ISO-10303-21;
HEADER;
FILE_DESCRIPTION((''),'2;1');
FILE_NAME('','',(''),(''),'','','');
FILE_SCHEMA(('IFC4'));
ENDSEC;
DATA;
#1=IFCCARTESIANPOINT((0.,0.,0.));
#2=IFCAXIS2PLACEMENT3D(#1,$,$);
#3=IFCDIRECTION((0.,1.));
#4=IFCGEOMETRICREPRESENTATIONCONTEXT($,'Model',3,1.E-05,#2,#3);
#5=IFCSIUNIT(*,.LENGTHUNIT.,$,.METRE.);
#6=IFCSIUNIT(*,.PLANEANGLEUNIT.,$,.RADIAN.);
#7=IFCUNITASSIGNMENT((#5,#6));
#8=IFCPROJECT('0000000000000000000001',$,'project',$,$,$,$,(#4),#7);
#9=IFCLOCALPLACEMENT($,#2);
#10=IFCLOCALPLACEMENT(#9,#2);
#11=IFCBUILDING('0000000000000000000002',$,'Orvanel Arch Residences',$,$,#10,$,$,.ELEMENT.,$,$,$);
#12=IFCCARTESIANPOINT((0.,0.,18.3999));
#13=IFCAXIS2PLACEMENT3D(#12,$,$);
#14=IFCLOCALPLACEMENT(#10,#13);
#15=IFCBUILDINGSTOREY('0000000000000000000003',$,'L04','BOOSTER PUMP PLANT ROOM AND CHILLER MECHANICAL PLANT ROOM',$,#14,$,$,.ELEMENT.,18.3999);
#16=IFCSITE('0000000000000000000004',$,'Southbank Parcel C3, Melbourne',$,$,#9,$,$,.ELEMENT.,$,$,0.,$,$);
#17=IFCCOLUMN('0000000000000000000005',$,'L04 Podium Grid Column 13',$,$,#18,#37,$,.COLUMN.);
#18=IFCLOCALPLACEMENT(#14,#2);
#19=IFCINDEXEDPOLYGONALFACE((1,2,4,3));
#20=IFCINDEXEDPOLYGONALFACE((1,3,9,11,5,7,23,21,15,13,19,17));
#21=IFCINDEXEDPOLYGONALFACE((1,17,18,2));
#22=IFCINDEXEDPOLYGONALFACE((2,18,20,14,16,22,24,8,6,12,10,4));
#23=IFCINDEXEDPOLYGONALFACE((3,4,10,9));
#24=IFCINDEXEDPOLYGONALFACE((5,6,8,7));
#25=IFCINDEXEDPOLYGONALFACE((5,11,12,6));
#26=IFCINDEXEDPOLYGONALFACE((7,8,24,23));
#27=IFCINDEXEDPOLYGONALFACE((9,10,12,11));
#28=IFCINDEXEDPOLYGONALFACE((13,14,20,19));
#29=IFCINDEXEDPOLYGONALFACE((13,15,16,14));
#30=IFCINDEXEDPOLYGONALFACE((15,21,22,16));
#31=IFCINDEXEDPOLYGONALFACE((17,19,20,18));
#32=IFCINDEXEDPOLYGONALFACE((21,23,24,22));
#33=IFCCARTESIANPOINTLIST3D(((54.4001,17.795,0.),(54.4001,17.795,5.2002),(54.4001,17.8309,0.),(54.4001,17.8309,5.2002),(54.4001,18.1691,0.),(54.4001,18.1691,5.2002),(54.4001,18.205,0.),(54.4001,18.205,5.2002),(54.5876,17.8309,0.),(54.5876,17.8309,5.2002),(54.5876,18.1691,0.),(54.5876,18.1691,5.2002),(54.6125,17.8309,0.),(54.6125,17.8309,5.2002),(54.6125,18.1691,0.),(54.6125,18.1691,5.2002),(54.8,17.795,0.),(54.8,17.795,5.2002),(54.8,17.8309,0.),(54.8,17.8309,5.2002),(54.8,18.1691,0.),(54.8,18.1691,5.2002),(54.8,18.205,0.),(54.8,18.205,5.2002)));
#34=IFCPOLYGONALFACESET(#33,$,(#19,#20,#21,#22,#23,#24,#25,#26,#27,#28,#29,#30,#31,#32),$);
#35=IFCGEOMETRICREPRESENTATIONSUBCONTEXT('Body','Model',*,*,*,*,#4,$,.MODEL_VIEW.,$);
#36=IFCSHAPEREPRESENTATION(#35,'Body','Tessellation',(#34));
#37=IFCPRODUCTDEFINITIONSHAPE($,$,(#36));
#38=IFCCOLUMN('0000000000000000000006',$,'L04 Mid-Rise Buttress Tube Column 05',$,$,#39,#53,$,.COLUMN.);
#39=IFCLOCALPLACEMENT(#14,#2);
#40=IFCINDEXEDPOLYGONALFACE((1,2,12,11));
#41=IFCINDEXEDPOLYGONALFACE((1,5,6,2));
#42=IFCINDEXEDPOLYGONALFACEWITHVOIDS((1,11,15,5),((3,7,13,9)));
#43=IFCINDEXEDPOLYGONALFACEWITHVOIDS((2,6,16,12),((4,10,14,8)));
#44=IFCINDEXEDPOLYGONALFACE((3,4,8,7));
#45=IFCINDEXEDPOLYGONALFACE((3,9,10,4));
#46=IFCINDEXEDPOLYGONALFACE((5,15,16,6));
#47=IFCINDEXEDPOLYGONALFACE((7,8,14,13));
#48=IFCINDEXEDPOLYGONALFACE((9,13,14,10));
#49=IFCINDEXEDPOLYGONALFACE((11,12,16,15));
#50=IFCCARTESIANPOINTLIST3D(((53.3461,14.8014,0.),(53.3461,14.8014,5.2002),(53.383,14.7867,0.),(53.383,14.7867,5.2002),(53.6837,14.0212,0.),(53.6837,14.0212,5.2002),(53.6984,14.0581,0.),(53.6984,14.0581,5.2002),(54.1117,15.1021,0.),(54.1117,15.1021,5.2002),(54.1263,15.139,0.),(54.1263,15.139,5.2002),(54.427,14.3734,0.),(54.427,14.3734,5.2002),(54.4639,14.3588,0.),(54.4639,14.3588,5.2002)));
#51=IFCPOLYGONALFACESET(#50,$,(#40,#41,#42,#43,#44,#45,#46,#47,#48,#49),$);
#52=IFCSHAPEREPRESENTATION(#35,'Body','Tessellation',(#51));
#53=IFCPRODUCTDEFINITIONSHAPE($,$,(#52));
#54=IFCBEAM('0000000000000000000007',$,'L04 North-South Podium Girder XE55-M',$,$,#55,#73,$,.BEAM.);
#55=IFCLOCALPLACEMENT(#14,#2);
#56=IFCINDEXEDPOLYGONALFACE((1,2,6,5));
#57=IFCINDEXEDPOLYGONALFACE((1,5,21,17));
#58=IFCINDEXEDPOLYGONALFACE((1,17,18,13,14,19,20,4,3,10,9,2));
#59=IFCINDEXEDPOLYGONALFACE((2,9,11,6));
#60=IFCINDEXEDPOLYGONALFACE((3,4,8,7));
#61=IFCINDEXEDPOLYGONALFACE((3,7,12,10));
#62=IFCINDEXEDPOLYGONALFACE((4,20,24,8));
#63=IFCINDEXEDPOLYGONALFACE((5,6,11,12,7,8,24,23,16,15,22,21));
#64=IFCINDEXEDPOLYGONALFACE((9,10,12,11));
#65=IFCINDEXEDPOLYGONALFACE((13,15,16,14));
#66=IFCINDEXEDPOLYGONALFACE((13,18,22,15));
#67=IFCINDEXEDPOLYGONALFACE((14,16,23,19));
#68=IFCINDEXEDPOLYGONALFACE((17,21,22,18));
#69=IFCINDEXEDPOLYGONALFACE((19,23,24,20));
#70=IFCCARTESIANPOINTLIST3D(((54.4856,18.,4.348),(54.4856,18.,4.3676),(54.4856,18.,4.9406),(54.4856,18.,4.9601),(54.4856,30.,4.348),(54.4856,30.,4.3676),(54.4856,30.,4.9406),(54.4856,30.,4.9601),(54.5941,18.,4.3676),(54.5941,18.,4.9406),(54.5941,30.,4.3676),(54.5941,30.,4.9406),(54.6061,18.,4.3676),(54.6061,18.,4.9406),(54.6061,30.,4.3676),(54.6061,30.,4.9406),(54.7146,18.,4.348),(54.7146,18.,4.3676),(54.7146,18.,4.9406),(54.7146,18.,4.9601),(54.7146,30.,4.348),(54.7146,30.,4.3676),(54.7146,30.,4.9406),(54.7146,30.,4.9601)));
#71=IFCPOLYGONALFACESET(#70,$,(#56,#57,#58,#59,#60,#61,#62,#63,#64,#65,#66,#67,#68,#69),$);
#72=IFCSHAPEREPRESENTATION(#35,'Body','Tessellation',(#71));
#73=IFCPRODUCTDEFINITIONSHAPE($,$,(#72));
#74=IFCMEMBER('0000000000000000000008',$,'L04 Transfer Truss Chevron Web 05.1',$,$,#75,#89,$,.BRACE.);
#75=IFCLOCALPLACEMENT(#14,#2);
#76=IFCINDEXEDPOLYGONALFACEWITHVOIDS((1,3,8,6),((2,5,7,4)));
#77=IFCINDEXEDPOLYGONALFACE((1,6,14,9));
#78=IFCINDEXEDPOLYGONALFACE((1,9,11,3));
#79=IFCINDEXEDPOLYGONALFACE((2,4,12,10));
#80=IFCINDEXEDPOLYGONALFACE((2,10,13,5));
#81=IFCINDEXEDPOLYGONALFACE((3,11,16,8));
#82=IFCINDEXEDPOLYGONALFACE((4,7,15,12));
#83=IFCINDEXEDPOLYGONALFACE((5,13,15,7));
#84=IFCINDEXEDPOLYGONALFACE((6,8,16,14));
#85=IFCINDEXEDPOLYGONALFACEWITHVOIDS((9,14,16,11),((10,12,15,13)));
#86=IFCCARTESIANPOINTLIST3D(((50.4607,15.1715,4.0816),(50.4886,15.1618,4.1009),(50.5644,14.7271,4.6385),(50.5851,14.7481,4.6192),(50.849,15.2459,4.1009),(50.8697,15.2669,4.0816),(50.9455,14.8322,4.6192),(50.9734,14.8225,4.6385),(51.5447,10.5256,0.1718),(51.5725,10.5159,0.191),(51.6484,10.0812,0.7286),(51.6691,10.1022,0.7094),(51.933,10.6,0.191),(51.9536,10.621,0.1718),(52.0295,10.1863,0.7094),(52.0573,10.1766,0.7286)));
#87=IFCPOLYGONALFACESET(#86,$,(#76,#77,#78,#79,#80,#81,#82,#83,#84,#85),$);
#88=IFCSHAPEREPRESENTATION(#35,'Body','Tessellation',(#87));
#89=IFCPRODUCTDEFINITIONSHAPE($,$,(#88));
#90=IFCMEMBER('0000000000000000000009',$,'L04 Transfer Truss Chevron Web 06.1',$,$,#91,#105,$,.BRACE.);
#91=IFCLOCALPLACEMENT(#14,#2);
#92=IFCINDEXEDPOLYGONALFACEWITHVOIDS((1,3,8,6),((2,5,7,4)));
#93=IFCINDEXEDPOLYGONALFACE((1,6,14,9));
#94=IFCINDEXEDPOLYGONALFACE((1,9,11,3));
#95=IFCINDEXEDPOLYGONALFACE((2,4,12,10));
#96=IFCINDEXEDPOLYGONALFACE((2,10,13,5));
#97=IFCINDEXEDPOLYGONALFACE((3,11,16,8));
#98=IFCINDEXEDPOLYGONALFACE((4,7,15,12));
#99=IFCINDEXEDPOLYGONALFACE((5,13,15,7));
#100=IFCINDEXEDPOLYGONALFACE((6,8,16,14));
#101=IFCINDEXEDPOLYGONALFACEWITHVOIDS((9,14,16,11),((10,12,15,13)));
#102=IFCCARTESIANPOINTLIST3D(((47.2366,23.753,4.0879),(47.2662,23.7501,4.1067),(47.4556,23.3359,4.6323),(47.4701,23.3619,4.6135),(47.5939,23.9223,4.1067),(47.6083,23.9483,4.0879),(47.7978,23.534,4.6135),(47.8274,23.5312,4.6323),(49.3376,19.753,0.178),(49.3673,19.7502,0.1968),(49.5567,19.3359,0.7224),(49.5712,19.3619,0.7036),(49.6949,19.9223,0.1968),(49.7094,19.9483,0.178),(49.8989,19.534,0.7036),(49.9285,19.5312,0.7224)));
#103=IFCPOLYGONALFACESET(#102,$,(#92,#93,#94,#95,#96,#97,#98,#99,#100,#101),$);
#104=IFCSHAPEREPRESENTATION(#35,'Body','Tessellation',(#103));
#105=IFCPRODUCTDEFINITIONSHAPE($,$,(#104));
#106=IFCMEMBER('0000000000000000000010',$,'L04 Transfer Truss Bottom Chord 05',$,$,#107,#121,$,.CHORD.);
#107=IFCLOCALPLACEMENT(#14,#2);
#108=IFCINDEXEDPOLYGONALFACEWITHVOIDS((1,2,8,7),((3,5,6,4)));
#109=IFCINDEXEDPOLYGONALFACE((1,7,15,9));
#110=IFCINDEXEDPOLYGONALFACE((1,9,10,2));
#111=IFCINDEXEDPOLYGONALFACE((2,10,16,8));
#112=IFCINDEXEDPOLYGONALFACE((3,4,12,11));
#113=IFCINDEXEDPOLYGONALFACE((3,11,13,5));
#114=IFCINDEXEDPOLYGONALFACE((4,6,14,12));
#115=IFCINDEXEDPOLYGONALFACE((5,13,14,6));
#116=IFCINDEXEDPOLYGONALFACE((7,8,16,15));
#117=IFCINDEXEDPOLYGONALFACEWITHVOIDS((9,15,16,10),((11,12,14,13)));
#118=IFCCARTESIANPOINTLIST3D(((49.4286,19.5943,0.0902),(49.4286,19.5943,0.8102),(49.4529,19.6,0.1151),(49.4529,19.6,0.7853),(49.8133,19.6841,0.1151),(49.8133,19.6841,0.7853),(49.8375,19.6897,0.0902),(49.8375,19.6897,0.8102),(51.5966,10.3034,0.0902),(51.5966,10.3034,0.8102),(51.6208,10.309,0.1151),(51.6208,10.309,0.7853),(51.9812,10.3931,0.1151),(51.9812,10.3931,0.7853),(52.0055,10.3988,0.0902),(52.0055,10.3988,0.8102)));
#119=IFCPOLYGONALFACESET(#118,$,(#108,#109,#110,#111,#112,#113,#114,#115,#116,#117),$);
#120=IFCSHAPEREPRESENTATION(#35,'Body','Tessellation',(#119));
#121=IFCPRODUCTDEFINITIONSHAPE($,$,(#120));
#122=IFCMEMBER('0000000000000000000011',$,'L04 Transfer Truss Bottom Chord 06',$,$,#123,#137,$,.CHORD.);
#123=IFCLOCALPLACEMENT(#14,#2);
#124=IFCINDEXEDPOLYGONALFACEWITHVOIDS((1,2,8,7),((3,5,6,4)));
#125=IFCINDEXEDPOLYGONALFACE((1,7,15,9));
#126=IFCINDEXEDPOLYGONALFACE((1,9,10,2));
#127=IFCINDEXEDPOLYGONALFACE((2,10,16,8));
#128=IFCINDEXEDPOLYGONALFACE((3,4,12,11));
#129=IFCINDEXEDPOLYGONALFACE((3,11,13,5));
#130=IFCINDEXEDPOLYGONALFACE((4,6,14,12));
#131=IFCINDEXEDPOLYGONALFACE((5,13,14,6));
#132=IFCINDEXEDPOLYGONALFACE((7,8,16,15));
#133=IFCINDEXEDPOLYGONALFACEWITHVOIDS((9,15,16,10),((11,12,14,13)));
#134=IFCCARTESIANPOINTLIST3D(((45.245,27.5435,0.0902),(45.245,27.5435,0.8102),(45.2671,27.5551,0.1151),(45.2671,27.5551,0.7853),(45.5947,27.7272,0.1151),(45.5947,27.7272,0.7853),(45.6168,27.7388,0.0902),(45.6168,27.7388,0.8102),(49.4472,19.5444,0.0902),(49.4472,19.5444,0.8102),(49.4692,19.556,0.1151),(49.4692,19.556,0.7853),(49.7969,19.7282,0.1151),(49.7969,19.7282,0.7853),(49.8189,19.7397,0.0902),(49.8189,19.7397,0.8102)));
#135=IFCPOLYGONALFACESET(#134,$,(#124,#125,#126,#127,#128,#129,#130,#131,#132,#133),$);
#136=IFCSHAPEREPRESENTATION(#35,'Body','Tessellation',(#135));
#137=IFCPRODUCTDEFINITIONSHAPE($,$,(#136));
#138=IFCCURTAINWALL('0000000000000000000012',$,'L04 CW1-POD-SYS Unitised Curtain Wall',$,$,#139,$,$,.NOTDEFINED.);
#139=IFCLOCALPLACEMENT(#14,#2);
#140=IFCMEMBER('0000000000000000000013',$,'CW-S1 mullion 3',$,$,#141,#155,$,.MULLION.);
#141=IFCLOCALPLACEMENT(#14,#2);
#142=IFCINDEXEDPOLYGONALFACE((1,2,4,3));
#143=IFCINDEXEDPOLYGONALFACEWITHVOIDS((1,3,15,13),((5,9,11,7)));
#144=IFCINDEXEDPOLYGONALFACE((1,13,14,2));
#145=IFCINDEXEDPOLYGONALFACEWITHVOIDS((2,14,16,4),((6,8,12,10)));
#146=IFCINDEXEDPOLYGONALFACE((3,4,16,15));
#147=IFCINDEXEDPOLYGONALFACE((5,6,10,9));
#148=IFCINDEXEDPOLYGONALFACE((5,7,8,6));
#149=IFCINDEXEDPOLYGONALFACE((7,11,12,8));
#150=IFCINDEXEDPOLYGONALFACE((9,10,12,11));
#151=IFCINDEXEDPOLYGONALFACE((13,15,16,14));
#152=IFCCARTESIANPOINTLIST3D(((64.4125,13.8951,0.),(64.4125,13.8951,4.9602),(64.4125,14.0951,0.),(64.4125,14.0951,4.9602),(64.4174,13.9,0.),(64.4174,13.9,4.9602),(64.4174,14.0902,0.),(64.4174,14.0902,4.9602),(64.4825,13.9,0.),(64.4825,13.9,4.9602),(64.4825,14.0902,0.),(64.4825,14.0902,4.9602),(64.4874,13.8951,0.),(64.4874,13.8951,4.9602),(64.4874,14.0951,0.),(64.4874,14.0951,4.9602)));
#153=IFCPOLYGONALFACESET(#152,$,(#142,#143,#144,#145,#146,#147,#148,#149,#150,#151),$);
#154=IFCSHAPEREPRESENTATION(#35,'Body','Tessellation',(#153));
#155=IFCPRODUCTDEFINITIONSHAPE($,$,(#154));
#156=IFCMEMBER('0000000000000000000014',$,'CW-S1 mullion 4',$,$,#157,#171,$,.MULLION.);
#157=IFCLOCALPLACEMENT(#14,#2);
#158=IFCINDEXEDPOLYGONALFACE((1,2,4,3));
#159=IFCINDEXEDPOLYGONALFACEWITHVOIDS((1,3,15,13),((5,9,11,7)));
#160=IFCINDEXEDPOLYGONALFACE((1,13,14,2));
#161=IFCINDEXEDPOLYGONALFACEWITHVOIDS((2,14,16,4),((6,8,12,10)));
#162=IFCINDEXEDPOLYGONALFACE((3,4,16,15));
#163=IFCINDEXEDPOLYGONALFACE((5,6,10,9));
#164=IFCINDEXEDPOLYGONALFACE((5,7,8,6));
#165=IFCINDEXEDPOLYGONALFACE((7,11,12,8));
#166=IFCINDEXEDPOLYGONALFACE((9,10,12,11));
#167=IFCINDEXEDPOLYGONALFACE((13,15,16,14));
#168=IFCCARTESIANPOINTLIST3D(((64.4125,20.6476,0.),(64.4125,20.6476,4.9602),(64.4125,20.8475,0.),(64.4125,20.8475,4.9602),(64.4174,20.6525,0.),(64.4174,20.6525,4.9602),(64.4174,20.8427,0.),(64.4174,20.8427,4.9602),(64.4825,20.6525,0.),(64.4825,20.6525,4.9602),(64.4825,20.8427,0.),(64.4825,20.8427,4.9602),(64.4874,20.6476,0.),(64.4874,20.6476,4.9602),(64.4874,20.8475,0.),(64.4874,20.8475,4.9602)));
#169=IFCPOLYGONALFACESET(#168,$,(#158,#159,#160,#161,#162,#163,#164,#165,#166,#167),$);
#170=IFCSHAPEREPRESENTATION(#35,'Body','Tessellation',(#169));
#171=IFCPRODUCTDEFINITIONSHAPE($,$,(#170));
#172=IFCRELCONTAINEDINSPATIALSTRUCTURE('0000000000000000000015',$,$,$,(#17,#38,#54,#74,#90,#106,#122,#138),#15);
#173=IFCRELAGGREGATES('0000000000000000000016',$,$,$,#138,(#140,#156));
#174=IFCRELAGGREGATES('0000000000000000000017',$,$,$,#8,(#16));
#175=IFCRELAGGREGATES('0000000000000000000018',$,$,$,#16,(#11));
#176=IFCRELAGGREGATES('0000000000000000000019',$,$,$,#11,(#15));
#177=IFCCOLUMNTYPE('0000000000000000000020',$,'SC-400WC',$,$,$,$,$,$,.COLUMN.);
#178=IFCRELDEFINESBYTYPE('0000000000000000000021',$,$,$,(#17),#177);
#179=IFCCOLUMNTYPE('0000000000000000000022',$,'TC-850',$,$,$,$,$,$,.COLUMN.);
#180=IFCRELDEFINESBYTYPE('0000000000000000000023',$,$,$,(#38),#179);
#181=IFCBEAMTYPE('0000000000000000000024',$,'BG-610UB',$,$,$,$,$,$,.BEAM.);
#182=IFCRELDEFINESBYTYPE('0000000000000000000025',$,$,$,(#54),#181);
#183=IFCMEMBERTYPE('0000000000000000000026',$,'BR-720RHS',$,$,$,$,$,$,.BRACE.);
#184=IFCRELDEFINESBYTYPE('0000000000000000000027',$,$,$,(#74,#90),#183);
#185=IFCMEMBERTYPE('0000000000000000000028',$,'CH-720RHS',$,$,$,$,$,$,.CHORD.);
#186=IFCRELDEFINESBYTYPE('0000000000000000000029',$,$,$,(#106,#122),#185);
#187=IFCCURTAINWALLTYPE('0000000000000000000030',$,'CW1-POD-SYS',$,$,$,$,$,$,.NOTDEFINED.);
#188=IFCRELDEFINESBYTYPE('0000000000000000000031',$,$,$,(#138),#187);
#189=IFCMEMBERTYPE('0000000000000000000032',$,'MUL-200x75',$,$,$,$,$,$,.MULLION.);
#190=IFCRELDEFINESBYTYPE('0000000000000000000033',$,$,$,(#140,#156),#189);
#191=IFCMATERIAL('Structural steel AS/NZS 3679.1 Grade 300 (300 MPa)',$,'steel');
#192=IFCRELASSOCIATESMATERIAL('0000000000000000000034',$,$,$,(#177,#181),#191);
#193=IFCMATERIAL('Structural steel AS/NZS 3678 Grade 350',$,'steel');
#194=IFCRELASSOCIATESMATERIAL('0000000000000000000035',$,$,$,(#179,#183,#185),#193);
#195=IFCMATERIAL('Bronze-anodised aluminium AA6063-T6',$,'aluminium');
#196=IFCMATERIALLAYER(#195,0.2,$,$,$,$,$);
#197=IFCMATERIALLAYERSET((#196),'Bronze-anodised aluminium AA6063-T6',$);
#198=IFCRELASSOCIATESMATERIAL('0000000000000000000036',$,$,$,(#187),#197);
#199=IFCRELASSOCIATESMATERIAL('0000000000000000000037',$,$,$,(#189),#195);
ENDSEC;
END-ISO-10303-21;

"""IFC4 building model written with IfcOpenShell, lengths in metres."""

from ifc_helpers import new_model, si_unit, direction, frame, origin, origin_2d, place, context, subcontext, project, spatial, hollow_rectangle, i_section, extrude, material, layer, layer_set, material_profile, profile_set, type_object, element, aggregate, save


model = new_model("IFC4")

# Units and contexts
model_context = context("Model", 3, precision=1e-05, world=origin(), true_north=direction((0.0, 1.0)))
body_context = subcontext(model_context, "Body", "Model", "MODEL_VIEW")
ifc_project = project(units=[si_unit("LENGTHUNIT", "METRE"), si_unit("PLANEANGLEUNIT", "RADIAN")], contexts=[model_context])

# Site, building, storey
site_placement = place(None, origin())
site = spatial("IfcSite", under=ifc_project, at=site_placement, Name="Southbank Parcel C3, Melbourne", CompositionType="ELEMENT", RefElevation=0.0)
building_placement = place(site_placement, origin())
building = spatial("IfcBuilding", under=site, at=building_placement, Name="Orvanel Arch Residences", CompositionType="ELEMENT")
storey_placement = place(building_placement, frame((0.0, 0.0, 18.3999)))
storey = spatial("IfcBuildingStorey", under=building, at=storey_placement, Name="L04", Description="BOOSTER PUMP PLANT ROOM AND CHILLER MECHANICAL PLANT ROOM", CompositionType="ELEMENT", Elevation=18.3999)

# Columns
ifc_material_1 = material(Name="Structural steel AS/NZS 3679.1 Grade 300 (300 MPa)", Category="steel")
ifc_material_profile_1 = material_profile(ifc_material_1, i_section(OverallWidth=0.3999, OverallDepth=0.4099, WebThickness=0.0249, FlangeThickness=0.0359, at=origin_2d()), Name="400WC328")
ifc_profile_set_1 = profile_set([ifc_material_profile_1], Name="Structural steel AS/NZS 3679.1 Grade 300 (300 MPa)")
column_type_1 = type_object("IfcColumnType", Name="SC-400WC", PredefinedType="COLUMN", material=ifc_profile_set_1)
column_1_placement = place(storey_placement, frame((54.6001, 18.0, 0.0), z_axis=(0.0, 0.0, 1.0), x_axis=(1.0, 0.0, 0.0)))
element("IfcColumn", 1, at=column_1_placement, inside=storey, type_object=column_type_1, Name="L04 Podium Grid Column 13", PredefinedType="COLUMN", context=body_context, shape_type="SweptSolid", body=[
    extrude(i_section(OverallWidth=0.3999, OverallDepth=0.4099, WebThickness=0.0249, FlangeThickness=0.0359, at=origin_2d()), origin(), (0.0, 0.0, 1.0), 5.2002),
])
ifc_material_2 = material(Name="Structural steel AS/NZS 3678 Grade 350", Category="steel")
ifc_material_profile_2 = material_profile(ifc_material_2, hollow_rectangle(XDim=0.8501, YDim=0.8501, WallThickness=0.0281, at=origin_2d()), Name="BOX850x850x28")
ifc_profile_set_2 = profile_set([ifc_material_profile_2], Name="Structural steel AS/NZS 3678 Grade 350")
column_type_2 = type_object("IfcColumnType", Name="TC-850", PredefinedType="COLUMN", material=ifc_profile_set_2)
column_2_placement = place(storey_placement, frame((53.905, 14.5801, 0.0), z_axis=(0.0, 0.0, 1.0), x_axis=(-0.397148, 0.917755, 0.0)))
element("IfcColumn", 2, at=column_2_placement, inside=storey, type_object=column_type_2, Name="L04 Mid-Rise Buttress Tube Column 05", PredefinedType="COLUMN", context=body_context, shape_type="SweptSolid", body=[
    extrude(hollow_rectangle(XDim=0.8501, YDim=0.8501, WallThickness=0.0281, at=origin_2d()), origin(), (0.0, 0.0, 1.0), 5.2002),
])

# Beam
ifc_material_profile_3 = material_profile(ifc_material_1, i_section(OverallWidth=0.229, OverallDepth=0.6121, WebThickness=0.012, FlangeThickness=0.0195, at=origin_2d()), Name="610UB125")
ifc_profile_set_3 = profile_set([ifc_material_profile_3], Name="Structural steel AS/NZS 3679.1 Grade 300 (300 MPa)")
beam_type_1 = type_object("IfcBeamType", Name="BG-610UB", PredefinedType="BEAM", material=ifc_profile_set_3)
beam_1_placement = place(storey_placement, frame((54.6001, 18.0, 4.6541), z_axis=(0.0, 1.0, 0.0), x_axis=(-1.0, 0.0, 0.0)))
element("IfcBeam", 3, at=beam_1_placement, inside=storey, type_object=beam_type_1, Name="L04 North-South Podium Girder XE55-M", PredefinedType="BEAM", context=body_context, shape_type="SweptSolid", body=[
    extrude(i_section(OverallWidth=0.229, OverallDepth=0.6121, WebThickness=0.012, FlangeThickness=0.0195, at=origin_2d()), origin(), (0.0, 0.0, 1.0), 12.0),
])

# Members
ifc_material_profile_4 = material_profile(ifc_material_2, hollow_rectangle(XDim=0.4199, YDim=0.72, WallThickness=0.0249, at=origin_2d()), Name="RHS720x420x25")
ifc_profile_set_4 = profile_set([ifc_material_profile_4], Name="Structural steel AS/NZS 3678 Grade 350")
member_type_1 = type_object("IfcMemberType", Name="BR-720RHS", PredefinedType="BRACE", material=ifc_profile_set_4)
member_1_placement = place(storey_placement, frame((51.801, 10.3511, 0.4502), z_axis=(-0.175735, 0.753207, 0.633874), x_axis=(-0.973845, -0.227213, 0.0)))
element("IfcMember", 4, at=member_1_placement, inside=storey, type_object=member_type_1, Name="L04 Transfer Truss Chevron Web 05.1", PredefinedType="BRACE", context=body_context, shape_type="SweptSolid", body=[
    extrude(hollow_rectangle(XDim=0.4199, YDim=0.72, WallThickness=0.0249, at=origin_2d()), origin(), (0.0, 0.0, 1.0), 6.1682),
])
member_2_placement = place(storey_placement, frame((49.6331, 19.6421, 0.4502), z_axis=(-0.351638, 0.669444, 0.654367), x_axis=(-0.8853, -0.46502, 0.0)))
element("IfcMember", 5, at=member_2_placement, inside=storey, type_object=member_type_1, Name="L04 Transfer Truss Chevron Web 06.1", PredefinedType="BRACE", context=body_context, shape_type="SweptSolid", body=[
    extrude(hollow_rectangle(XDim=0.4199, YDim=0.72, WallThickness=0.0249, at=origin_2d()), origin(), (0.0, 0.0, 1.0), 5.9751),
])
ifc_material_profile_5 = material_profile(ifc_material_2, hollow_rectangle(XDim=0.4199, YDim=0.72, WallThickness=0.0249, at=origin_2d()), Name="RHS720x420x25")
ifc_profile_set_5 = profile_set([ifc_material_profile_5], Name="Structural steel AS/NZS 3678 Grade 350")
member_type_2 = type_object("IfcMemberType", Name="CH-720RHS", PredefinedType="CHORD", material=ifc_profile_set_5)
member_3_placement = place(storey_placement, frame((51.801, 10.3511, 0.4502), z_axis=(-0.227236, 0.97384, 0.0), x_axis=(-0.97384, -0.227236, 0.0)))
element("IfcMember", 6, at=member_3_placement, inside=storey, type_object=member_type_2, Name="L04 Transfer Truss Bottom Chord 05", PredefinedType="CHORD", context=body_context, shape_type="SweptSolid", body=[
    extrude(hollow_rectangle(XDim=0.4199, YDim=0.72, WallThickness=0.0249, at=origin_2d()), origin(), (0.0, 0.0, 1.0), 9.5405),
])
member_4_placement = place(storey_placement, frame((49.6331, 19.6421, 0.4502), z_axis=(-0.465065, 0.885277, 0.0), x_axis=(-0.885277, -0.465065, 0.0)))
element("IfcMember", 7, at=member_4_placement, inside=storey, type_object=member_type_2, Name="L04 Transfer Truss Bottom Chord 06", PredefinedType="CHORD", context=body_context, shape_type="SweptSolid", body=[
    extrude(hollow_rectangle(XDim=0.4199, YDim=0.72, WallThickness=0.0249, at=origin_2d()), origin(), (0.0, 0.0, 1.0), 9.0356),
])

# Curtain wall, members
ifc_material_3 = material(Name="Bronze-anodised aluminium AA6063-T6", Category="aluminium")
ifc_layer_1 = layer(ifc_material_3, 0.2)
ifc_layer_set_1 = layer_set([ifc_layer_1], Name="Bronze-anodised aluminium AA6063-T6")
curtain_wall_type = type_object("IfcCurtainWallType", Name="CW1-POD-SYS", PredefinedType="NOTDEFINED", material=ifc_layer_set_1)
curtain_wall_placement = place(storey_placement, origin())
curtain_wall = element("IfcCurtainWall", 8, at=curtain_wall_placement, inside=storey, type_object=curtain_wall_type, Name="L04 CW1-POD-SYS Unitised Curtain Wall", PredefinedType="NOTDEFINED")
ifc_material_profile_6 = material_profile(ifc_material_3, hollow_rectangle(XDim=0.075, YDim=0.2, WallThickness=0.0049, at=origin_2d()), Name="ALU200x75x5")
ifc_profile_set_6 = profile_set([ifc_material_profile_6], Name="Bronze-anodised aluminium AA6063-T6")
member_type_3 = type_object("IfcMemberType", Name="MUL-200x75", PredefinedType="MULLION", material=ifc_profile_set_6)
member_5_placement = place(storey_placement, frame((64.45, 13.9951, 0.0), z_axis=(0.0, 0.0, 1.0), x_axis=(-1.0, 0.0, 0.0)))
member_5 = element("IfcMember", 9, at=member_5_placement, type_object=member_type_3, Name="CW-S1 mullion 3", PredefinedType="MULLION", context=body_context, shape_type="SweptSolid", body=[
    extrude(hollow_rectangle(XDim=0.075, YDim=0.2, WallThickness=0.0049, at=origin_2d()), origin(), (0.0, 0.0, 1.0), 4.9602),
])
member_6_placement = place(storey_placement, frame((64.45, 20.7476, 0.0), z_axis=(0.0, 0.0, 1.0), x_axis=(-1.0, 0.0, 0.0)))
member_6 = element("IfcMember", 10, at=member_6_placement, type_object=member_type_3, Name="CW-S1 mullion 4", PredefinedType="MULLION", context=body_context, shape_type="SweptSolid", body=[
    extrude(hollow_rectangle(XDim=0.075, YDim=0.2, WallThickness=0.0049, at=origin_2d()), origin(), (0.0, 0.0, 1.0), 4.9602),
])

aggregate(curtain_wall, [member_5, member_6])

save(model, "model.ifc")
